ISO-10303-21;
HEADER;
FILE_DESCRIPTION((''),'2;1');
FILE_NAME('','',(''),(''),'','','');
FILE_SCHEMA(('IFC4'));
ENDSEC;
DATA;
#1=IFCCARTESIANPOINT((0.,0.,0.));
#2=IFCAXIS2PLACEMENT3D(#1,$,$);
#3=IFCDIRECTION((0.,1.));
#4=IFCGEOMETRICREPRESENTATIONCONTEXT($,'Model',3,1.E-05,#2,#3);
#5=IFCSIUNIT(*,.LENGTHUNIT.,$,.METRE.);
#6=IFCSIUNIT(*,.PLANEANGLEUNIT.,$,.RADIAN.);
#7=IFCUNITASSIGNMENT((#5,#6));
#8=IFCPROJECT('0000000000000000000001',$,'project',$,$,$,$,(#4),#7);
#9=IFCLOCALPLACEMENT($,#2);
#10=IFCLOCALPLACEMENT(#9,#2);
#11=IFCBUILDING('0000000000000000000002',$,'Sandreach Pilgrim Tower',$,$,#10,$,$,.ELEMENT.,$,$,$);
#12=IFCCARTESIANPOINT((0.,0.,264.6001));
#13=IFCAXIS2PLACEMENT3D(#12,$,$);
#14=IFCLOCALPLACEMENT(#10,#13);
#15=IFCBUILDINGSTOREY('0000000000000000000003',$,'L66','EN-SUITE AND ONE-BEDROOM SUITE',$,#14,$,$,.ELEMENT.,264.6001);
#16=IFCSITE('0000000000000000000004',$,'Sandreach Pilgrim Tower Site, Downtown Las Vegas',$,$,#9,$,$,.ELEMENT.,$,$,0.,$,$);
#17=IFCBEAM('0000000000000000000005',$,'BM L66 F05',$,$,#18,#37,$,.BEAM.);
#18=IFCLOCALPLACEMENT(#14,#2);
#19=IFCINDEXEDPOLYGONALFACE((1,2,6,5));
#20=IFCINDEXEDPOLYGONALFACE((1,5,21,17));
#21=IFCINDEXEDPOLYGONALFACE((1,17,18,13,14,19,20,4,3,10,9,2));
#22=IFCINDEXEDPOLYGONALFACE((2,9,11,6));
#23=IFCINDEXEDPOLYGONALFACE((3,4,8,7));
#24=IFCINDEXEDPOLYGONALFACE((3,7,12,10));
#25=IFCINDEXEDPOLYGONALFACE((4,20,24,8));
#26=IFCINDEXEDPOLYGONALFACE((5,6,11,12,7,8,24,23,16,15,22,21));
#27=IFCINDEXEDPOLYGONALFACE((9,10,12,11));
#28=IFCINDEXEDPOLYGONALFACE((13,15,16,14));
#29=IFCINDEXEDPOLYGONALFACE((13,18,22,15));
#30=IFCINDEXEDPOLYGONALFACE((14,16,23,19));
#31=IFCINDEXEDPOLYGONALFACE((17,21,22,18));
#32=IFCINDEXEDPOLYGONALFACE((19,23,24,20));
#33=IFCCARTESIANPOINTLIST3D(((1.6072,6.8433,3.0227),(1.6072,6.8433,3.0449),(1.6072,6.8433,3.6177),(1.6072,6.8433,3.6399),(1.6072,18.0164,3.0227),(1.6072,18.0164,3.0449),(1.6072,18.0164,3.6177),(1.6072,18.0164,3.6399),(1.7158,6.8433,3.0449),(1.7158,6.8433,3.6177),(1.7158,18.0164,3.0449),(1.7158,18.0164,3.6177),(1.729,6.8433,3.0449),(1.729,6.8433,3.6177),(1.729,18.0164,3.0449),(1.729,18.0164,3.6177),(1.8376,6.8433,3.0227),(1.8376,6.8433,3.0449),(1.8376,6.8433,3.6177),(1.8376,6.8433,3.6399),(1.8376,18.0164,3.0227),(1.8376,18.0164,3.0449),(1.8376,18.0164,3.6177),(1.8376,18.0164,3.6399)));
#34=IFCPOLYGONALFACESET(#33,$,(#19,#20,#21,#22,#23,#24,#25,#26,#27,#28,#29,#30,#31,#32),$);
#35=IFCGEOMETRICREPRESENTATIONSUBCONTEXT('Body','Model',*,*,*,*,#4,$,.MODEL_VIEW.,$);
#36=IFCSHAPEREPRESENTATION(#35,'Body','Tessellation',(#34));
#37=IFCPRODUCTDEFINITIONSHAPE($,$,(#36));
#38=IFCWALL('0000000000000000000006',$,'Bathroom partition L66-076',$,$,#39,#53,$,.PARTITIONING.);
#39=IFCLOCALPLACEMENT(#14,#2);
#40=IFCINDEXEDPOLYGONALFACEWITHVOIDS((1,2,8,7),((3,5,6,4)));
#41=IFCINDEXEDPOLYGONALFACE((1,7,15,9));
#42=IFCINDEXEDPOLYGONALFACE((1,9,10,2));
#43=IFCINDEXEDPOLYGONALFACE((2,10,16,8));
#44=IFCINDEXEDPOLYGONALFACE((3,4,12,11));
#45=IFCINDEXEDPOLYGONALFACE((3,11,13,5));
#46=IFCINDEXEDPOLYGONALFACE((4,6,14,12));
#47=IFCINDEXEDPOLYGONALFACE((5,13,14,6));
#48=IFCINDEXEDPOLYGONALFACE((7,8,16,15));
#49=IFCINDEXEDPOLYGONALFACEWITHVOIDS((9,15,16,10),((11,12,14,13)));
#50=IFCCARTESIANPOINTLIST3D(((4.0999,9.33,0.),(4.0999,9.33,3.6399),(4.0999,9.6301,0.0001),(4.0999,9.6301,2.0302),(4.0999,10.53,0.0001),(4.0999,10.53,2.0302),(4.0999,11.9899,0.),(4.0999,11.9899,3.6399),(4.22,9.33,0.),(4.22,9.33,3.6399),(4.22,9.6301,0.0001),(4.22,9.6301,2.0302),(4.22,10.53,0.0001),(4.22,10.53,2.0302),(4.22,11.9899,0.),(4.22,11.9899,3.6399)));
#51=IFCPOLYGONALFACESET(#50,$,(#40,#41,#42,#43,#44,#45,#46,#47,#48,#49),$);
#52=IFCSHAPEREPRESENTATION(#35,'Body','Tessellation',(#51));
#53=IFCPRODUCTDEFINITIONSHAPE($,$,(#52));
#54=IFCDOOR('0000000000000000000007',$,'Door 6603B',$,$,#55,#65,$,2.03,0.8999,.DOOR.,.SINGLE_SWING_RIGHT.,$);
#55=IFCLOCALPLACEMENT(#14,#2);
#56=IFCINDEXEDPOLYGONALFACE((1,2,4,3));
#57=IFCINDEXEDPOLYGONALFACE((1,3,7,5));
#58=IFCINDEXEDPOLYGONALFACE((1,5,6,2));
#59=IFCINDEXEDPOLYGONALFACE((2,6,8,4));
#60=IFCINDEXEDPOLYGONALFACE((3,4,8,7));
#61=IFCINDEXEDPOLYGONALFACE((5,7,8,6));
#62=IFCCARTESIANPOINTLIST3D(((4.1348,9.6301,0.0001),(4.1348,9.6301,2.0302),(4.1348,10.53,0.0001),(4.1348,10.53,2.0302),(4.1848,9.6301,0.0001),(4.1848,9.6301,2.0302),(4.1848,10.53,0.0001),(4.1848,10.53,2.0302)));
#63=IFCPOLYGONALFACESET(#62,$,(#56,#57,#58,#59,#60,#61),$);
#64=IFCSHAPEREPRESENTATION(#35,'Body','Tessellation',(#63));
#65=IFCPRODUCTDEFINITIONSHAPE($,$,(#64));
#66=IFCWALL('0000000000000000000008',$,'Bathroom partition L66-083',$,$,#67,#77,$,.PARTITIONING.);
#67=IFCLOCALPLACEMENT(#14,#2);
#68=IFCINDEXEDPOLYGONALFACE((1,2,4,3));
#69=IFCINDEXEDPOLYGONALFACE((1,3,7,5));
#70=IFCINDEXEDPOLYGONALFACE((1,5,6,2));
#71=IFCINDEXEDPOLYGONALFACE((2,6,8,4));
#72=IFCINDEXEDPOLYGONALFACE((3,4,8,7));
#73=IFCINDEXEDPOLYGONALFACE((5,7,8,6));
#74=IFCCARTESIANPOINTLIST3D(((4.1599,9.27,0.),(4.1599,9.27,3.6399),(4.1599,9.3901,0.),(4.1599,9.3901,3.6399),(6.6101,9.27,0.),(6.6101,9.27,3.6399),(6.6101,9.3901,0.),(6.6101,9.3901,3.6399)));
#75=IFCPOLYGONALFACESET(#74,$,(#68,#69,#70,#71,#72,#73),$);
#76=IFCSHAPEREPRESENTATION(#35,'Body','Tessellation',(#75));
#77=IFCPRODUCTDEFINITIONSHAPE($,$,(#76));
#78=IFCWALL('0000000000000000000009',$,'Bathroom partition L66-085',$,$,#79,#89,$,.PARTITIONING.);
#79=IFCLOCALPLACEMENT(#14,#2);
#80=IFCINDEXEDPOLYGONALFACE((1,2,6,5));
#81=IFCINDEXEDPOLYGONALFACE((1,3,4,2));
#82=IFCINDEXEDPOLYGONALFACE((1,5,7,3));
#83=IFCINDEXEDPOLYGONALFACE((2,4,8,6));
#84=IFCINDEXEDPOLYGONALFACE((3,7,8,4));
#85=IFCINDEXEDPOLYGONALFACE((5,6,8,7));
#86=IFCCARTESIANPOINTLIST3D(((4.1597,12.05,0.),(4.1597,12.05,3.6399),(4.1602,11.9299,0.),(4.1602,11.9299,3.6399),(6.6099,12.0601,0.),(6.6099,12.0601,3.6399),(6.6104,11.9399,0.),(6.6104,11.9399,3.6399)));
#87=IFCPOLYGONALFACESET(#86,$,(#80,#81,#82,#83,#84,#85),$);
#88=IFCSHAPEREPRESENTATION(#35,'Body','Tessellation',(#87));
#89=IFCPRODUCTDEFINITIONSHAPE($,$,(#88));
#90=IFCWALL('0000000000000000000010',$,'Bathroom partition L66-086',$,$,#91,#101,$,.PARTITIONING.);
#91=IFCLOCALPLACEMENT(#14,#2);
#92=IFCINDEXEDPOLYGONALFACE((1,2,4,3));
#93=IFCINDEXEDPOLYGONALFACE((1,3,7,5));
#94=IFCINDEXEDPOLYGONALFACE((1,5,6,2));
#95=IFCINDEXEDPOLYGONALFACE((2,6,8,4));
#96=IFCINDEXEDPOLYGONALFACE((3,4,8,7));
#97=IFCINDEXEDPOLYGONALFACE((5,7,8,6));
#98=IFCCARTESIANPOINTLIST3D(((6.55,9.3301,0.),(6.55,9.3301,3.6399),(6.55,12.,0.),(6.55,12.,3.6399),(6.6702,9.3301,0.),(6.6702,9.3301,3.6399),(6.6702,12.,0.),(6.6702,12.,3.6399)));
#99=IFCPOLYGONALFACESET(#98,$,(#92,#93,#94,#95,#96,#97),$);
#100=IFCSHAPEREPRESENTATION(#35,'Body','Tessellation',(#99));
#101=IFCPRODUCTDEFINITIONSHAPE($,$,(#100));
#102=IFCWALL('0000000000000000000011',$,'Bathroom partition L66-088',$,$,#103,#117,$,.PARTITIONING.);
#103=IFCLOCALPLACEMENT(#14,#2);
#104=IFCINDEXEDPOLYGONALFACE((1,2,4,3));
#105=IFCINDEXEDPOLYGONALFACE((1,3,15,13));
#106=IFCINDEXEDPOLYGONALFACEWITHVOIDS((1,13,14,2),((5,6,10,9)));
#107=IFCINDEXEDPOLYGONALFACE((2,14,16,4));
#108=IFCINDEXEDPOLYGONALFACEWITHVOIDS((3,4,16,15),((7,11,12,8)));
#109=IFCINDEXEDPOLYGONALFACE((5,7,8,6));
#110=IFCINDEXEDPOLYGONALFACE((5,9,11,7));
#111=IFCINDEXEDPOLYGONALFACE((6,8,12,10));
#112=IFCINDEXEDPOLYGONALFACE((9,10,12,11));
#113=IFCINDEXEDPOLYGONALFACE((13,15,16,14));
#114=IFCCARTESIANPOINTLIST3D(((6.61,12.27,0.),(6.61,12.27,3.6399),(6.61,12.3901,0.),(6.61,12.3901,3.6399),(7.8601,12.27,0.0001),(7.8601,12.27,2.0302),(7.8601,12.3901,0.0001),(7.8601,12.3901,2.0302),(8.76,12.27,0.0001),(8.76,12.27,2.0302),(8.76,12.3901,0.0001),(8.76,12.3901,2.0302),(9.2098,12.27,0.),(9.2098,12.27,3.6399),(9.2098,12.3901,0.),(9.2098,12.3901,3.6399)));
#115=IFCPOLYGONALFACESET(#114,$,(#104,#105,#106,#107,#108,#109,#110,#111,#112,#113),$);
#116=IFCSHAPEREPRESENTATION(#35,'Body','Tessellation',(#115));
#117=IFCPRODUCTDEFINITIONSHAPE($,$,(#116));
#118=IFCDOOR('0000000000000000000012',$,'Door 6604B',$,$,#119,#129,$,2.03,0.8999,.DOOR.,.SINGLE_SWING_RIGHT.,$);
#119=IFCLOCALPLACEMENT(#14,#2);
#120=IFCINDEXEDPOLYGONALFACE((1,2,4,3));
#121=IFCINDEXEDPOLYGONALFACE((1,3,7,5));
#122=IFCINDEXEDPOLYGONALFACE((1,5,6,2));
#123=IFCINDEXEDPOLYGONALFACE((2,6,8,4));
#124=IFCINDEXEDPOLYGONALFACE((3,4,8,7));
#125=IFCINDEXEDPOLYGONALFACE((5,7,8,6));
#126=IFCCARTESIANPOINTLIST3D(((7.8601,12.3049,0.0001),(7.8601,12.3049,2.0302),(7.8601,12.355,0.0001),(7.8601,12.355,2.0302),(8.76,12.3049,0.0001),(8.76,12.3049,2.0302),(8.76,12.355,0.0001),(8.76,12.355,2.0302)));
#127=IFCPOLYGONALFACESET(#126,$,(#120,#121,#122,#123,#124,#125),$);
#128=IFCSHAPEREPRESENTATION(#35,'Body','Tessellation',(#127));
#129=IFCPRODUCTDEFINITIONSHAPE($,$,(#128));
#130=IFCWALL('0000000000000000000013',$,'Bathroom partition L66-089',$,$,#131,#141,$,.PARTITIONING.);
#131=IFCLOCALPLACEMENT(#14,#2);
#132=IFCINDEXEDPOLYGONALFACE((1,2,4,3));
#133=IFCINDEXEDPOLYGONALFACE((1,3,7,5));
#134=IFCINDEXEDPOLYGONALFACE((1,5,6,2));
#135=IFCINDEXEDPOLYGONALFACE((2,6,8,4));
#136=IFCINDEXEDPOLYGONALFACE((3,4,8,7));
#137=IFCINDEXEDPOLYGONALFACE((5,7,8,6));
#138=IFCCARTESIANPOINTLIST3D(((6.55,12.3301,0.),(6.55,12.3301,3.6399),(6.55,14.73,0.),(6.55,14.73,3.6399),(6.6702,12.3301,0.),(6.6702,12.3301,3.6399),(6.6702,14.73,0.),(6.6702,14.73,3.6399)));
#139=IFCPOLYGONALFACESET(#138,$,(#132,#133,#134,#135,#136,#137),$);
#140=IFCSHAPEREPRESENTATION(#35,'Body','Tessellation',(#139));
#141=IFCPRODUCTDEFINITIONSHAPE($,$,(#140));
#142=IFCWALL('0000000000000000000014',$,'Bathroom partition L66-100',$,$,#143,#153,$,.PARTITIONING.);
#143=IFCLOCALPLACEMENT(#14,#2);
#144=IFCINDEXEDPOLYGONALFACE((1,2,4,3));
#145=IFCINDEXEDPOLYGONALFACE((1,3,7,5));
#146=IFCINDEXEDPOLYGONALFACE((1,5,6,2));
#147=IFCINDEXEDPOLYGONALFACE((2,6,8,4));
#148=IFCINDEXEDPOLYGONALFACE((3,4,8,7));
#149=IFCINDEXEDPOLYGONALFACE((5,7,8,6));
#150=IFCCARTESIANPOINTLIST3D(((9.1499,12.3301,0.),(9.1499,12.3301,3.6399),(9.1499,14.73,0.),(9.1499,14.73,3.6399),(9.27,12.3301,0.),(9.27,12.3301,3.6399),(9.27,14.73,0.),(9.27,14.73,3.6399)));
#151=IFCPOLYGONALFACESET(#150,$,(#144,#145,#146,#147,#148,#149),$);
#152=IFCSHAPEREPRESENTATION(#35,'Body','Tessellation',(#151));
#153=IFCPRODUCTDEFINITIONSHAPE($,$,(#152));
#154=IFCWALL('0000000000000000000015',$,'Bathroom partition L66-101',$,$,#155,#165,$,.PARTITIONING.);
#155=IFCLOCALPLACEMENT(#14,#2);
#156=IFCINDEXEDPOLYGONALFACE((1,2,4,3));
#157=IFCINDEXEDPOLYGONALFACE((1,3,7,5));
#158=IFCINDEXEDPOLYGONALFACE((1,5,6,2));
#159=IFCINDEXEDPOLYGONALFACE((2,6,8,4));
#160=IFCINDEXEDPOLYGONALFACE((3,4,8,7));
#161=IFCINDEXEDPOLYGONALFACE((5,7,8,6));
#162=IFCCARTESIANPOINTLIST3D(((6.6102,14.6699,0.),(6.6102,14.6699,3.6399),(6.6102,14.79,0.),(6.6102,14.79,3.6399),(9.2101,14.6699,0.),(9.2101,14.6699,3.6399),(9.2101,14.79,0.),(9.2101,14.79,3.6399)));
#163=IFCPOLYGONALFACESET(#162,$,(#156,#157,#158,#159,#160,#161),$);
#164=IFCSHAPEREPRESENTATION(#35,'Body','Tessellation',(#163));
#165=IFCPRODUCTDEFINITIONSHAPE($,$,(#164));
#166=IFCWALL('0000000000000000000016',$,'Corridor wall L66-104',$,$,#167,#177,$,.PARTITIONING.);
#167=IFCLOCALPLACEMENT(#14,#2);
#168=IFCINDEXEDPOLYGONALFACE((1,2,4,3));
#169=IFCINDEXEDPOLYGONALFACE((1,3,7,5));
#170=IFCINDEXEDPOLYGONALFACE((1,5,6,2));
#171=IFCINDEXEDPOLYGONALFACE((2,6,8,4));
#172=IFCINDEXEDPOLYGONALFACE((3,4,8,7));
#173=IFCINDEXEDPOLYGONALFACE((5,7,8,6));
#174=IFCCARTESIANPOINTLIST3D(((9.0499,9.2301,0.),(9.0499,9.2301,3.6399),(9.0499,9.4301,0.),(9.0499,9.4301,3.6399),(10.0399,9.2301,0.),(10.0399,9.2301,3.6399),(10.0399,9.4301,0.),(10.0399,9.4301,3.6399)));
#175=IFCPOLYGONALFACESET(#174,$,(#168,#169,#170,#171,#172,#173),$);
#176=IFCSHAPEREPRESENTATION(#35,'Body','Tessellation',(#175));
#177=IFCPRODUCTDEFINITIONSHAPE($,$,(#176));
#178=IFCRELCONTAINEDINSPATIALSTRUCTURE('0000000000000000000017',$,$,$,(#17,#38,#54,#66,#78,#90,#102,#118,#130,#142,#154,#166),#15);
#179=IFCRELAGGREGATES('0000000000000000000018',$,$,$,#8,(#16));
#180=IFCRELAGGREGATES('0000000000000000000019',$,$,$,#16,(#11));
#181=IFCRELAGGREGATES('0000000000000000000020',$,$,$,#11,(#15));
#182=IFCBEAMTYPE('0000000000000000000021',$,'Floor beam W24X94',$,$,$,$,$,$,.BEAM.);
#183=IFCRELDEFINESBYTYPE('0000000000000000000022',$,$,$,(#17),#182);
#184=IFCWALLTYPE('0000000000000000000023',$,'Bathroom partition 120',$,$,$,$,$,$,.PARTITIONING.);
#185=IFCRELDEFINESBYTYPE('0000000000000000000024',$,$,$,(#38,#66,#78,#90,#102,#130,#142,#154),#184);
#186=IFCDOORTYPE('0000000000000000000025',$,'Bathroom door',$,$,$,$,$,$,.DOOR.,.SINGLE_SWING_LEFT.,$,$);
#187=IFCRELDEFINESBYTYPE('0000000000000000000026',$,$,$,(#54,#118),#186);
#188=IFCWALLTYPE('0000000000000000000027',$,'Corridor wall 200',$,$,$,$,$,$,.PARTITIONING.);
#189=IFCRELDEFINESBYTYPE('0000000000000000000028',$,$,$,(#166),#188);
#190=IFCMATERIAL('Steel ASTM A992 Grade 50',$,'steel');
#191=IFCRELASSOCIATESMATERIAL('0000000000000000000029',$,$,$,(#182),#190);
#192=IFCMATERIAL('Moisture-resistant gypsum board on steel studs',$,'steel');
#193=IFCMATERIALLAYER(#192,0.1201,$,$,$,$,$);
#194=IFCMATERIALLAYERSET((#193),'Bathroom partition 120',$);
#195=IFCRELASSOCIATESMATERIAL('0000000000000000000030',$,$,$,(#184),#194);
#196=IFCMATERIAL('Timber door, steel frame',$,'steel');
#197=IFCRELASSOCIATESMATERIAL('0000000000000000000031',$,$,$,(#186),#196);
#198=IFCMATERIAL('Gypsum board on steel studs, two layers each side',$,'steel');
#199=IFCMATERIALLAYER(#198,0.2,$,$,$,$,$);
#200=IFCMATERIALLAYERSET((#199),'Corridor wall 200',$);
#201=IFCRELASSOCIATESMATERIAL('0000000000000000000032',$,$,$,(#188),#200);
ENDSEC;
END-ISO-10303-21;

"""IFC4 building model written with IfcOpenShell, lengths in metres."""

from ifc_helpers import new_model, si_unit, direction, frame, frame_2d, origin, origin_2d, place, context, subcontext, project, spatial, rectangle, i_section, extrude, material, layer, layer_set, material_profile, profile_set, type_object, element, fill, save


model = new_model("IFC4")

# Units and contexts
model_context = context("Model", 3, precision=1e-05, world=origin(), true_north=direction((0.0, 1.0)))
body_context = subcontext(model_context, "Body", "Model", "MODEL_VIEW")
ifc_project = project(units=[si_unit("LENGTHUNIT", "METRE"), si_unit("PLANEANGLEUNIT", "RADIAN")], contexts=[model_context])

# Site, building, storey
site_placement = place(None, origin())
site = spatial("IfcSite", under=ifc_project, at=site_placement, Name="Sandreach Pilgrim Tower Site, Downtown Las Vegas", CompositionType="ELEMENT", RefElevation=0.0)
building_placement = place(site_placement, origin())
building = spatial("IfcBuilding", under=site, at=building_placement, Name="Sandreach Pilgrim Tower", CompositionType="ELEMENT")
storey_placement = place(building_placement, frame((0.0, 0.0, 264.6001)))
storey = spatial("IfcBuildingStorey", under=building, at=storey_placement, Name="L66", Description="EN-SUITE AND ONE-BEDROOM SUITE", CompositionType="ELEMENT", Elevation=264.6001)

# Beam
ifc_material_1 = material(Name="Steel ASTM A992 Grade 50", Category="steel")
ifc_material_profile = material_profile(ifc_material_1, i_section(OverallWidth=0.2305, OverallDepth=0.6172, WebThickness=0.0132, FlangeThickness=0.0222, at=origin_2d()), Name="W24X94")
ifc_profile_set = profile_set([ifc_material_profile], Name="Steel ASTM A992 Grade 50")
beam_type = type_object("IfcBeamType", Name="Floor beam W24X94", PredefinedType="BEAM", material=ifc_profile_set)
beam_placement = place(storey_placement, frame((1.7224, 18.0164, 3.3313), z_axis=(0.0, -1.0, 0.0), x_axis=(1.0, 0.0, 0.0)))
element("IfcBeam", 1, at=beam_placement, inside=storey, type_object=beam_type, Name="BM L66 F05", PredefinedType="BEAM", context=body_context, shape_type="SweptSolid", body=[
    extrude(i_section(OverallWidth=0.2305, OverallDepth=0.6172, WebThickness=0.0132, FlangeThickness=0.0222, at=origin_2d()), origin(), (0.0, 0.0, 1.0), 11.1731),
])

# Wall, opening, door
ifc_material_2 = material(Name="Moisture-resistant gypsum board on steel studs", Category="steel")
ifc_layer_1 = layer(ifc_material_2, 0.1201)
ifc_layer_set_1 = layer_set([ifc_layer_1], Name="Bathroom partition 120")
wall_type_1 = type_object("IfcWallType", Name="Bathroom partition 120", PredefinedType="PARTITIONING", material=ifc_layer_set_1)
wall_1_placement = place(storey_placement, frame((4.1599, 11.99, 0.0), z_axis=(0.0, 0.0, 1.0), x_axis=(0.0, -1.0, 0.0)))
wall_1 = element("IfcWall", 2, at=wall_1_placement, inside=storey, type_object=wall_type_1, Name="Bathroom partition L66-076", PredefinedType="PARTITIONING", context=body_context, shape_type="SweptSolid", body=[
    extrude(rectangle(XDim=2.6599, YDim=0.1201, at=frame_2d((1.3301, 0.0))), origin(), (0.0, 0.0, 1.0), 3.6399),
])
opening_1_placement = place(wall_1_placement, frame((1.46, 0.0, 0.0)))
opening_1 = element("IfcOpeningElement", 3, at=opening_1_placement, cuts=wall_1, PredefinedType="OPENING", context=body_context, shape_type="SweptSolid", body=[
    extrude(rectangle(XDim=0.8999, YDim=2.03, at=frame_2d((0.45, 1.0151))), frame((0.0, 0.0601, 0.0), z_axis=(0.0, -1.0, 0.0), x_axis=(1.0, 0.0, 0.0)), (0.0, 0.0, 1.0), 0.1201),
])
ifc_material_3 = material(Name="Timber door, steel frame", Category="steel")
door_type_1 = type_object("IfcDoorType", Name="Bathroom door", OperationType="SINGLE_SWING_LEFT", PredefinedType="DOOR", material=ifc_material_3)
door_1_placement = place(opening_1_placement, origin())
door_1 = element("IfcDoor", 4, at=door_1_placement, inside=storey, type_object=door_type_1, Name="Door 6603B", OperationType="SINGLE_SWING_RIGHT", OverallHeight=2.03, OverallWidth=0.8999, PredefinedType="DOOR", context=body_context, shape_type="SweptSolid", body=[
    extrude(rectangle(XDim=0.8999, YDim=2.03, at=frame_2d((0.45, 1.0151))), frame((0.0, 0.0249, 0.0), z_axis=(0.0, -1.0, 0.0), x_axis=(1.0, 0.0, 0.0)), (0.0, 0.0, 1.0), 0.05),
])
fill(opening_1, door_1)

# Walls
for number, where, z_axis, x_axis, name in (
    (5, (6.6101, 9.3301, 0.0), (0.0, 0.0, 1.0), (-1.0, 0.0, 0.0), "Bathroom partition L66-083"),
    (6, (6.6101, 12.0, 0.0), (0.0, 0.0, 1.0), (-0.999992, -0.004085, 0.0), "Bathroom partition L66-085"),
):
    element("IfcWall", number, at=place(storey_placement, frame(where, z_axis=z_axis, x_axis=x_axis)), inside=storey, type_object=wall_type_1, Name=name, PredefinedType="PARTITIONING", context=body_context, shape_type="SweptSolid", body=[
        extrude(rectangle(XDim=2.4502, YDim=0.1201, at=frame_2d((1.2251, 0.0))), origin(), (0.0, 0.0, 1.0), 3.6399),
    ])
wall_2_placement = place(storey_placement, frame((6.6101, 12.0, 0.0), z_axis=(0.0, 0.0, 1.0), x_axis=(0.0, -1.0, 0.0)))
element("IfcWall", 7, at=wall_2_placement, inside=storey, type_object=wall_type_1, Name="Bathroom partition L66-086", PredefinedType="PARTITIONING", context=body_context, shape_type="SweptSolid", body=[
    extrude(rectangle(XDim=2.6699, YDim=0.1201, at=frame_2d((1.335, 0.0))), origin(), (0.0, 0.0, 1.0), 3.6399),
])

# Wall, opening, door
wall_3_placement = place(storey_placement, frame((6.6101, 12.3301, 0.0), z_axis=(0.0, 0.0, 1.0), x_axis=(1.0, 0.0, 0.0)))
wall_3 = element("IfcWall", 8, at=wall_3_placement, inside=storey, type_object=wall_type_1, Name="Bathroom partition L66-088", PredefinedType="PARTITIONING", context=body_context, shape_type="SweptSolid", body=[
    extrude(rectangle(XDim=2.5999, YDim=0.1201, at=frame_2d((1.2998, 0.0))), origin(), (0.0, 0.0, 1.0), 3.6399),
])
opening_2_placement = place(wall_3_placement, frame((1.25, 0.0, 0.0)))
opening_2 = element("IfcOpeningElement", 9, at=opening_2_placement, cuts=wall_3, PredefinedType="OPENING", context=body_context, shape_type="SweptSolid", body=[
    extrude(rectangle(XDim=0.8999, YDim=2.03, at=frame_2d((0.45, 1.0151))), frame((0.0, 0.0601, 0.0), z_axis=(0.0, -1.0, 0.0), x_axis=(1.0, 0.0, 0.0)), (0.0, 0.0, 1.0), 0.1201),
])
door_2_placement = place(opening_2_placement, origin())
door_2 = element("IfcDoor", 10, at=door_2_placement, inside=storey, type_object=door_type_1, Name="Door 6604B", OperationType="SINGLE_SWING_RIGHT", OverallHeight=2.03, OverallWidth=0.8999, PredefinedType="DOOR", context=body_context, shape_type="SweptSolid", body=[
    extrude(rectangle(XDim=0.8999, YDim=2.03, at=frame_2d((0.45, 1.0151))), frame((0.0, 0.0249, 0.0), z_axis=(0.0, -1.0, 0.0), x_axis=(1.0, 0.0, 0.0)), (0.0, 0.0, 1.0), 0.05),
])
fill(opening_2, door_2)

# Walls
for number, where, z_axis, x_axis, name in (
    (11, (6.6101, 14.73, 0.0), (0.0, 0.0, 1.0), (0.0, -1.0, 0.0), "Bathroom partition L66-089"),
    (12, (9.21, 12.3301, 0.0), (0.0, 0.0, 1.0), (0.0, 1.0, 0.0), "Bathroom partition L66-100"),
):
    element("IfcWall", number, at=place(storey_placement, frame(where, z_axis=z_axis, x_axis=x_axis)), inside=storey, type_object=wall_type_1, Name=name, PredefinedType="PARTITIONING", context=body_context, shape_type="SweptSolid", body=[
        extrude(rectangle(XDim=2.3999, YDim=0.1201, at=frame_2d((1.2, 0.0))), origin(), (0.0, 0.0, 1.0), 3.6399),
    ])
wall_4_placement = place(storey_placement, frame((9.21, 14.73, 0.0), z_axis=(0.0, 0.0, 1.0), x_axis=(-1.0, 0.0, 0.0)))
element("IfcWall", 13, at=wall_4_placement, inside=storey, type_object=wall_type_1, Name="Bathroom partition L66-101", PredefinedType="PARTITIONING", context=body_context, shape_type="SweptSolid", body=[
    extrude(rectangle(XDim=2.5999, YDim=0.1201, at=frame_2d((1.2998, 0.0))), origin(), (0.0, 0.0, 1.0), 3.6399),
])

# Shared definitions
ifc_material_4 = material(Name="Gypsum board on steel studs, two layers each side", Category="steel")
ifc_layer_2 = layer(ifc_material_4, 0.2)
ifc_layer_set_2 = layer_set([ifc_layer_2], Name="Corridor wall 200")
wall_type_2 = type_object("IfcWallType", Name="Corridor wall 200", PredefinedType="PARTITIONING", material=ifc_layer_set_2)

# Wall
wall_5_placement = place(storey_placement, frame((10.04, 9.3301, 0.0), z_axis=(0.0, 0.0, 1.0), x_axis=(-1.0, 0.0, 0.0)))
element("IfcWall", 14, at=wall_5_placement, inside=storey, type_object=wall_type_2, Name="Corridor wall L66-104", PredefinedType="PARTITIONING", context=body_context, shape_type="SweptSolid", body=[
    extrude(rectangle(XDim=0.99, YDim=0.2, at=frame_2d((0.4951, 0.0))), origin(), (0.0, 0.0, 1.0), 3.6399),
])

save(model, "model.ifc")
